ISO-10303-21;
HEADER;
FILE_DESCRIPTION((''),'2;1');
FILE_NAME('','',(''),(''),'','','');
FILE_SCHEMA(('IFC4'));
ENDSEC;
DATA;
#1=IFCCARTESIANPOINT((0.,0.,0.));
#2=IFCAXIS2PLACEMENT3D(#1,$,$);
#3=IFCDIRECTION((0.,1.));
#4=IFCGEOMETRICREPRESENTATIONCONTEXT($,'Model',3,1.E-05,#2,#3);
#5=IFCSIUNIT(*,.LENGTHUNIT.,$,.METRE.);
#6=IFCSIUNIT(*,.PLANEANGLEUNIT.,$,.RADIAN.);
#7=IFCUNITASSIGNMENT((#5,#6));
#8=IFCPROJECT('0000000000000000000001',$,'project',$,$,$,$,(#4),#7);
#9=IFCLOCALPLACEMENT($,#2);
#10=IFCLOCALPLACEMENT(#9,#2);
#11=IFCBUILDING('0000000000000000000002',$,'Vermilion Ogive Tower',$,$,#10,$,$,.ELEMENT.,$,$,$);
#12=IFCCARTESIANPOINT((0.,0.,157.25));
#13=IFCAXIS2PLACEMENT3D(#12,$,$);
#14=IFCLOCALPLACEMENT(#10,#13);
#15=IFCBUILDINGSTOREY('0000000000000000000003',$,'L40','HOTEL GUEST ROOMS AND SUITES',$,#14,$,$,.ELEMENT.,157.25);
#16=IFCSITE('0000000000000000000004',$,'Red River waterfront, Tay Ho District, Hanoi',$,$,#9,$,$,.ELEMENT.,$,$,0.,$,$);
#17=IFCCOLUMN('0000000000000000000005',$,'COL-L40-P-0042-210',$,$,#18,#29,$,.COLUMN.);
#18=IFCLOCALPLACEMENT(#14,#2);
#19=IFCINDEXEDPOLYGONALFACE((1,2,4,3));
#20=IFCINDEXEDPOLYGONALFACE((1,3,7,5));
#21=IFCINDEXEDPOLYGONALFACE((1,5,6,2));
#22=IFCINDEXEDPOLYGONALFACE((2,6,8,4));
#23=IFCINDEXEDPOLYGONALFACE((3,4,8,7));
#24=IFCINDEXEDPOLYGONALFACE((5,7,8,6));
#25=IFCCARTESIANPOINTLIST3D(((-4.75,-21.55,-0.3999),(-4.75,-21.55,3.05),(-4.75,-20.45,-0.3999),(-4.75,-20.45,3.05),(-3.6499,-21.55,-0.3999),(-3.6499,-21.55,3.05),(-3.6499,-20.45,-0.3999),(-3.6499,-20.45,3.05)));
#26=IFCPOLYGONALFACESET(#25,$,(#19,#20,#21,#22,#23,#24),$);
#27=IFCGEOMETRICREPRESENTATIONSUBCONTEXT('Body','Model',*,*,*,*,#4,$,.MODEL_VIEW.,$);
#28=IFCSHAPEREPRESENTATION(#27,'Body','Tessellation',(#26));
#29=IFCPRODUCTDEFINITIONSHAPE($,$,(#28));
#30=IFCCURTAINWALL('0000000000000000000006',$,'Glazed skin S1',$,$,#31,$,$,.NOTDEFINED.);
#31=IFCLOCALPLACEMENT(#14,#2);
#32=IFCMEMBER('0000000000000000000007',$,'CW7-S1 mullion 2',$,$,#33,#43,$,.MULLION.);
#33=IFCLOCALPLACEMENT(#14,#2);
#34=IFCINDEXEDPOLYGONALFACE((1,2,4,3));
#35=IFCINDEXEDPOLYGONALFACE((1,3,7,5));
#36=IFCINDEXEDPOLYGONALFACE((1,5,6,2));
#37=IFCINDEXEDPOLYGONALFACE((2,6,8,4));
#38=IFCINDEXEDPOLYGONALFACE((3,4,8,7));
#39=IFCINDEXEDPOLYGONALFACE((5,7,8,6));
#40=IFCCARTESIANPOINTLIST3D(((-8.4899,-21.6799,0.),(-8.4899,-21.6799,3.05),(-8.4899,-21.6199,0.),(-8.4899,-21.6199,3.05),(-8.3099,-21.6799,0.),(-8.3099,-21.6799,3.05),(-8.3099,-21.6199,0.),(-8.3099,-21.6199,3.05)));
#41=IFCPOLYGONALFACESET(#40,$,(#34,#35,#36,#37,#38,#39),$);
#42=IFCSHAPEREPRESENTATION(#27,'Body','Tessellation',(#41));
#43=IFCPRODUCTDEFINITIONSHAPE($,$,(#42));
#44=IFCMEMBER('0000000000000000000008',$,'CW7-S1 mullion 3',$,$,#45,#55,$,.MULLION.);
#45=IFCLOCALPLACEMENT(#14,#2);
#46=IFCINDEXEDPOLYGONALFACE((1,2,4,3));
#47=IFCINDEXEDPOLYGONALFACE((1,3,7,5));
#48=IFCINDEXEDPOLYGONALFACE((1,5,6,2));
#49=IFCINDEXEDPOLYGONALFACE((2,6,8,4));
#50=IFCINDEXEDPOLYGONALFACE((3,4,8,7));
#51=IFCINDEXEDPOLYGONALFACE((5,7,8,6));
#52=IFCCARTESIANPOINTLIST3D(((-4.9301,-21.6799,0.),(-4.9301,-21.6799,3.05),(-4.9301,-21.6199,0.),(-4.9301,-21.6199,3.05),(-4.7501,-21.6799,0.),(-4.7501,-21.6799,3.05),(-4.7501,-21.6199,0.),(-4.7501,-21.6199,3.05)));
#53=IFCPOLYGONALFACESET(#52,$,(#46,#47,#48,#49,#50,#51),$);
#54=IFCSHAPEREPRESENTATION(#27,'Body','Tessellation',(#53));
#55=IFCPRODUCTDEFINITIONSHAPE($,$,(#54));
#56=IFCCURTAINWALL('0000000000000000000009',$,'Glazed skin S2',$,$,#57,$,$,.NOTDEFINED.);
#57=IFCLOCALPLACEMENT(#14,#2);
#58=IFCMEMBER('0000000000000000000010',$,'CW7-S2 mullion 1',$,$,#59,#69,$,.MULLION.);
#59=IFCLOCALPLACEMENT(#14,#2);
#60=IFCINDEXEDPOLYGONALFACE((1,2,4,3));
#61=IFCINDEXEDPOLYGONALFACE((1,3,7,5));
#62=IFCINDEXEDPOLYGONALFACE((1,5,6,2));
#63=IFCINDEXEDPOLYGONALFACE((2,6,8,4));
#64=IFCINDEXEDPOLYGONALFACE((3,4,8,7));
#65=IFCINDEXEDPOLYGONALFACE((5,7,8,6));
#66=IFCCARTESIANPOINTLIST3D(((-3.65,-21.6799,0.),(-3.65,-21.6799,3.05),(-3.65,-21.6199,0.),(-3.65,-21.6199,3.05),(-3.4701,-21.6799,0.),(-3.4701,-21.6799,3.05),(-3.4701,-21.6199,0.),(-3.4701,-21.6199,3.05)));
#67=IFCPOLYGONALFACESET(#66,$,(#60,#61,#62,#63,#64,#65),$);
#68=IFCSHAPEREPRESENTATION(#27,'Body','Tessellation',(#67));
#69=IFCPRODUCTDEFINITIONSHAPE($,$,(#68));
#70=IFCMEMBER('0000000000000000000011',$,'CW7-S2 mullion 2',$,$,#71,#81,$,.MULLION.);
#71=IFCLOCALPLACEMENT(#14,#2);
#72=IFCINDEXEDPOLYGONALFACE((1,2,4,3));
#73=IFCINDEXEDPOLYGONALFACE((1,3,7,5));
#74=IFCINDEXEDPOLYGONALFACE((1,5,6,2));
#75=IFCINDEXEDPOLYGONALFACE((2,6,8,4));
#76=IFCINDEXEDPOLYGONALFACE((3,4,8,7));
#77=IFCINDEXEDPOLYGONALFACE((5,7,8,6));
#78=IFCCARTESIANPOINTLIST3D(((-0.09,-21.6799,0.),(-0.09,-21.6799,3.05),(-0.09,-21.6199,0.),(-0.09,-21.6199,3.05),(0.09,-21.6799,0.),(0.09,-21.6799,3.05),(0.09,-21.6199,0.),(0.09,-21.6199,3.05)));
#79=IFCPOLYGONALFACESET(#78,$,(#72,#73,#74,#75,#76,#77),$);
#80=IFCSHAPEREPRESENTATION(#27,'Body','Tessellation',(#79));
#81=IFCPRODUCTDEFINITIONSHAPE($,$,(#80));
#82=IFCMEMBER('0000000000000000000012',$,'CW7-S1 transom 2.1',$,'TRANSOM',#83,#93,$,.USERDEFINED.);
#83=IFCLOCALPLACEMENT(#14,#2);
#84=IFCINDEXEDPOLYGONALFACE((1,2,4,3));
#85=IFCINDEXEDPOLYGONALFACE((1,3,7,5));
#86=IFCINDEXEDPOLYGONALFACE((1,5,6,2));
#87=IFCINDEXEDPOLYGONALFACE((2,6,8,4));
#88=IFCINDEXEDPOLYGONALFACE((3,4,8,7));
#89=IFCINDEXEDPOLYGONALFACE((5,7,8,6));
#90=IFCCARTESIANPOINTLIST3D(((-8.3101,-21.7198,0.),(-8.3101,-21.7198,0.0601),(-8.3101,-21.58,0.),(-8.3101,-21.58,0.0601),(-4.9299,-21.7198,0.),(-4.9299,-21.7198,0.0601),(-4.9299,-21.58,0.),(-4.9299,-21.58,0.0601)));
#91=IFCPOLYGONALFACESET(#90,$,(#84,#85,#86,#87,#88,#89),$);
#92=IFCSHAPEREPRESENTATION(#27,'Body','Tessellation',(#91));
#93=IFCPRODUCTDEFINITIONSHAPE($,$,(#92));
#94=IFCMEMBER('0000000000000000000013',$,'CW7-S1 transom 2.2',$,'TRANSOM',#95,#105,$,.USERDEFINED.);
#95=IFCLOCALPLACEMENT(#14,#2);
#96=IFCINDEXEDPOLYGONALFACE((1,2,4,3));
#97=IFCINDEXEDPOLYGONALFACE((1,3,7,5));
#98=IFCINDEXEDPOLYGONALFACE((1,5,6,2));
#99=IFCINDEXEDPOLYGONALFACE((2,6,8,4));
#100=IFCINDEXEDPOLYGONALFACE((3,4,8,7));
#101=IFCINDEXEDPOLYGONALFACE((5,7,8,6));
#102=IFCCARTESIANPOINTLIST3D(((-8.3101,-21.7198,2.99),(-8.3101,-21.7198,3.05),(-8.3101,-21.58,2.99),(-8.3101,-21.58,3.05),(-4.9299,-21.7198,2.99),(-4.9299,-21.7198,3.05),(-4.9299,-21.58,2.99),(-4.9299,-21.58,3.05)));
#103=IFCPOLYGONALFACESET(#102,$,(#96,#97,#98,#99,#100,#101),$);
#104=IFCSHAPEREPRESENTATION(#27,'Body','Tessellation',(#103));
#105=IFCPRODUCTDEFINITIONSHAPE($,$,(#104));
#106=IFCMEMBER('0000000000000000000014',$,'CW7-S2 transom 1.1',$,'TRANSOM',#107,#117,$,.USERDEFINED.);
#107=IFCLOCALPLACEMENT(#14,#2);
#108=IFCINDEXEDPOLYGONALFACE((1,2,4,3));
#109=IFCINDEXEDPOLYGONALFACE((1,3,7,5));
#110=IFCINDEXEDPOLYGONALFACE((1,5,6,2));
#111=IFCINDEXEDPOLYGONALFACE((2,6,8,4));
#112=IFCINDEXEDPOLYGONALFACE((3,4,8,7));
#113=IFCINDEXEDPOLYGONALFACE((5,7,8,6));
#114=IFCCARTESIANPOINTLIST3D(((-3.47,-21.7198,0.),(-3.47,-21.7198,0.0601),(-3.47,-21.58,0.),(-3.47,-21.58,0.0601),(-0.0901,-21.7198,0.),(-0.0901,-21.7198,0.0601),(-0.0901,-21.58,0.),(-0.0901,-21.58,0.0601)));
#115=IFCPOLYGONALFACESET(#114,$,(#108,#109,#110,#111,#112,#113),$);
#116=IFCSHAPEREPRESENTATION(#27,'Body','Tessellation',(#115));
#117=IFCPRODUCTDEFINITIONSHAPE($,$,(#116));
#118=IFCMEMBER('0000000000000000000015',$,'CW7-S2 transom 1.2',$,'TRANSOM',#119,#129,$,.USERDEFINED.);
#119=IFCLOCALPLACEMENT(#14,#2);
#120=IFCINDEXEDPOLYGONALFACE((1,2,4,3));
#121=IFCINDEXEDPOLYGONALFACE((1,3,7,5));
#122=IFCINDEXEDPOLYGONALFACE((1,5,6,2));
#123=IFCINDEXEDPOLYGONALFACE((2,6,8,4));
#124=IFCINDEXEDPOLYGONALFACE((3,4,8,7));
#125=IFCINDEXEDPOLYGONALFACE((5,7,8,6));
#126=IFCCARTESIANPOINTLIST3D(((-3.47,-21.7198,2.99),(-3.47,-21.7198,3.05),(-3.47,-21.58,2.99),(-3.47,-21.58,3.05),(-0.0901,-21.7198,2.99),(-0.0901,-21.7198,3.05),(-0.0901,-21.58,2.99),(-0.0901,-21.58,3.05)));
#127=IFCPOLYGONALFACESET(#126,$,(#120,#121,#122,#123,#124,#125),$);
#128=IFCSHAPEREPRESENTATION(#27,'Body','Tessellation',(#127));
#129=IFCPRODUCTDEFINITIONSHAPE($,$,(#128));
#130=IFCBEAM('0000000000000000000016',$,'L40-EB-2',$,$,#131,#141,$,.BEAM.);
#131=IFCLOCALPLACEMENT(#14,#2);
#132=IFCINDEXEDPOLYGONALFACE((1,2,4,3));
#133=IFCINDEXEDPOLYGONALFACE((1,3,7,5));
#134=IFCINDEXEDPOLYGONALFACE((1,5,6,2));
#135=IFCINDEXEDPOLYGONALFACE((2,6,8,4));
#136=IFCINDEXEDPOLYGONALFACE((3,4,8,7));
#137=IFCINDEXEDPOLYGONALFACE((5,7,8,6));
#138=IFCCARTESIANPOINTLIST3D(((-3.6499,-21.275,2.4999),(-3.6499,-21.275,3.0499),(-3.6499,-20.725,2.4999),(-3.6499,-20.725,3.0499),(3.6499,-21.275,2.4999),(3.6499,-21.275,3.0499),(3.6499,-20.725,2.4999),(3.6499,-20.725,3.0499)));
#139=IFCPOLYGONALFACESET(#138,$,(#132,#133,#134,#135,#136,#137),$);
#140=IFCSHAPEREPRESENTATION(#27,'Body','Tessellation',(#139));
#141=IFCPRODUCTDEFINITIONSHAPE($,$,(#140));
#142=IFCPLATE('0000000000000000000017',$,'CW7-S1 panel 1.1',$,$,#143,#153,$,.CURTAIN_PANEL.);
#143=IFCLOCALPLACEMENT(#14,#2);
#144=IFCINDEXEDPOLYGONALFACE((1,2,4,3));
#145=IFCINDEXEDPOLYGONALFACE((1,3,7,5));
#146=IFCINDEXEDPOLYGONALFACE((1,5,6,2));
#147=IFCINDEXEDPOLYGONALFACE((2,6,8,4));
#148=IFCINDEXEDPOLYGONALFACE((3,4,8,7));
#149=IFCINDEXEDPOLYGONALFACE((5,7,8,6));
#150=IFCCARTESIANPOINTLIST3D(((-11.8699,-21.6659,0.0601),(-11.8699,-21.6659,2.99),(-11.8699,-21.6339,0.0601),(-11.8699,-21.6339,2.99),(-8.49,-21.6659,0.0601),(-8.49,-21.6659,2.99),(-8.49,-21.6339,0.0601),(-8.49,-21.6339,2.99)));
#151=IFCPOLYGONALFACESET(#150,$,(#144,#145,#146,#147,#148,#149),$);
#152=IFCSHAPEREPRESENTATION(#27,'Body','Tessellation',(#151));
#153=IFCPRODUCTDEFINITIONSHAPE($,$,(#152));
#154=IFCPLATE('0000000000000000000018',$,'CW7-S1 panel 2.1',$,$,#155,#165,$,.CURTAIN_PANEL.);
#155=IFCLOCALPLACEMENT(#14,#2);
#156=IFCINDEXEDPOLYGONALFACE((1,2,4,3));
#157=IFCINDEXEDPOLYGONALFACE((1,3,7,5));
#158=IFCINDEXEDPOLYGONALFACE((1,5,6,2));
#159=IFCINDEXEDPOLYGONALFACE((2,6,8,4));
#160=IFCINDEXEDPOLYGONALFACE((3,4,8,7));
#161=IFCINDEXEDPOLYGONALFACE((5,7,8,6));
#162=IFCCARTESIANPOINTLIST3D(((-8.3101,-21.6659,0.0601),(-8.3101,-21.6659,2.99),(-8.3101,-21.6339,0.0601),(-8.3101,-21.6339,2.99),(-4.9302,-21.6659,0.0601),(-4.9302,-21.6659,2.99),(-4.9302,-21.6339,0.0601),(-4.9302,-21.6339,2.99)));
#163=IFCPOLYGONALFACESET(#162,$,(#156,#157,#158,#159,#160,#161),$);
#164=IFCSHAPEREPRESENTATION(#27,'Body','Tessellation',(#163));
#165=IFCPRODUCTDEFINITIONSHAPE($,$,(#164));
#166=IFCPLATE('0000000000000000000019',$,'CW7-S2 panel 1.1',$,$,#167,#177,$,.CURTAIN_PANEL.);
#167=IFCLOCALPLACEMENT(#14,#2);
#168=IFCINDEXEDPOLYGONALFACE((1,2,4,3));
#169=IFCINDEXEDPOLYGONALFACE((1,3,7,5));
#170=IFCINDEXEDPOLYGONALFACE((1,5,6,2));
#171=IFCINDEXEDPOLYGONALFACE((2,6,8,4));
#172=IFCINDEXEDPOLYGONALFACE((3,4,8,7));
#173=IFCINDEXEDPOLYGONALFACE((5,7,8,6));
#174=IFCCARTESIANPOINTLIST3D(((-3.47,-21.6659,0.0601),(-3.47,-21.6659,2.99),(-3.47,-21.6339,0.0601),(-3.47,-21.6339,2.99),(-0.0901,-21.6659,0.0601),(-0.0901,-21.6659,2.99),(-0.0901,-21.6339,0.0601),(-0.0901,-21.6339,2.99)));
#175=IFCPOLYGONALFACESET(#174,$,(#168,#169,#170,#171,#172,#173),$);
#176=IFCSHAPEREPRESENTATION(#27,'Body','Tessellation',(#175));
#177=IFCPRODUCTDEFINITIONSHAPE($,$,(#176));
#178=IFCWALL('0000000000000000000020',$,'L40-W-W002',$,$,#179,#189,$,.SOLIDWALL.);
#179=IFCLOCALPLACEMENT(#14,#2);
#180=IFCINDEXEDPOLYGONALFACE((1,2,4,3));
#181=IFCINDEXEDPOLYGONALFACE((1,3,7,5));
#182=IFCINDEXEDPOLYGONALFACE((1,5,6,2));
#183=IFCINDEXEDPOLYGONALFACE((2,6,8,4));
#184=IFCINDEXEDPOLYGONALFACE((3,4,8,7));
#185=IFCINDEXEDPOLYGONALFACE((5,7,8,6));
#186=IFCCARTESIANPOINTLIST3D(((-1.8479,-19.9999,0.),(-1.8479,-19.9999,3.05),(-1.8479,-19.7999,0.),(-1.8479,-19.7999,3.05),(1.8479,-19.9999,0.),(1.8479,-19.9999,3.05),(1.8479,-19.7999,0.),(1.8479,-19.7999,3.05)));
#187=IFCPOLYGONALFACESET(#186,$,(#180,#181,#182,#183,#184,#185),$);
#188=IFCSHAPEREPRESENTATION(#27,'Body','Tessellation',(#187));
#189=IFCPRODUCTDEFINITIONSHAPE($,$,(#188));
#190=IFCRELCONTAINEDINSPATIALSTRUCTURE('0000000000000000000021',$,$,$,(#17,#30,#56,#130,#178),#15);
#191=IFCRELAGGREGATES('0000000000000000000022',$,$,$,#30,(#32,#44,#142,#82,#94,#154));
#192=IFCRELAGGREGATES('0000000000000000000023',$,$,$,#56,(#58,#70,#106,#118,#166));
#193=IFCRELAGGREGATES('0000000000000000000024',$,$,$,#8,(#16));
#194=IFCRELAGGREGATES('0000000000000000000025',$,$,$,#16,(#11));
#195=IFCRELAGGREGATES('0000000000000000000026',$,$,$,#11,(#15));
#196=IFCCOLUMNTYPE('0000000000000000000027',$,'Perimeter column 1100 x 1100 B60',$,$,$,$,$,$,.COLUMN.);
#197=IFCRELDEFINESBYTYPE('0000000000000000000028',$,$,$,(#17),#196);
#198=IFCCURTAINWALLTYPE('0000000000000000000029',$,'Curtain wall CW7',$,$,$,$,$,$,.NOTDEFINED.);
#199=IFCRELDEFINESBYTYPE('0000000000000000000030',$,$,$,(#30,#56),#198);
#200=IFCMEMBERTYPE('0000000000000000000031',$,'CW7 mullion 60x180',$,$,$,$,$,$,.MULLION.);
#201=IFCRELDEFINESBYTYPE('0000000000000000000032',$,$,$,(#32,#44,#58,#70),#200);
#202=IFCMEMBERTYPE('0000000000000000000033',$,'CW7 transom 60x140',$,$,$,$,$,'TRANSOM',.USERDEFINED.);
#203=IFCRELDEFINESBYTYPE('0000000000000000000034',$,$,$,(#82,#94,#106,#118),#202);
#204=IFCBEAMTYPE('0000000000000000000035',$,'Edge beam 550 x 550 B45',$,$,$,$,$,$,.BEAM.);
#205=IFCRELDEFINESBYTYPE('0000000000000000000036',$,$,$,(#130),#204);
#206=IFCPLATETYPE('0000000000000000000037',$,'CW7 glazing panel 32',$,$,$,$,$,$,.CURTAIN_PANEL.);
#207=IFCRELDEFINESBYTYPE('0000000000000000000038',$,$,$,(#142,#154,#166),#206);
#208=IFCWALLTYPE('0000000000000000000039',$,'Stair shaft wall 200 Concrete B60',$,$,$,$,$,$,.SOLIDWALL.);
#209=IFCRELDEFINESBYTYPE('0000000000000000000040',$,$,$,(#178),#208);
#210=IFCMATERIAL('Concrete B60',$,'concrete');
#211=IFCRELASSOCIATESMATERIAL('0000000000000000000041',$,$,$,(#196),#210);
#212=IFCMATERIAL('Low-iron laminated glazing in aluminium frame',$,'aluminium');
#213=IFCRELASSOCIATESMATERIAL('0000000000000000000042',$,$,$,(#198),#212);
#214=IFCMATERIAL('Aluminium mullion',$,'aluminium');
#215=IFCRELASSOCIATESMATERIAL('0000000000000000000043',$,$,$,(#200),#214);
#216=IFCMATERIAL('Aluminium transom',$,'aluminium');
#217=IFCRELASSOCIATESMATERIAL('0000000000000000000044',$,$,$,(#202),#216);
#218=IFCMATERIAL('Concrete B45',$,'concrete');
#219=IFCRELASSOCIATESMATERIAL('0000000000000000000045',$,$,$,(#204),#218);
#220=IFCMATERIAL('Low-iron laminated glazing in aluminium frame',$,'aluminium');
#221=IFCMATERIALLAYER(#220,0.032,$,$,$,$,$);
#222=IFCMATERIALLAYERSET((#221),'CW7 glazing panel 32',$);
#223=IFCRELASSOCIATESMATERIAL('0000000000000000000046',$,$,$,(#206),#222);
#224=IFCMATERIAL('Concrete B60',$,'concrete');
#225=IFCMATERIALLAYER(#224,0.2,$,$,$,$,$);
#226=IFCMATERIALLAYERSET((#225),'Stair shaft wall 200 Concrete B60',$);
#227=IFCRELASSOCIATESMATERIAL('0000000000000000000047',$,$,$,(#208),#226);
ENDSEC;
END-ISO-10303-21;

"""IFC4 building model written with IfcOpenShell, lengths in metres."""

from ifc_helpers import new_model, si_unit, direction, frame, frame_2d, origin, origin_2d, place, context, subcontext, project, spatial, rectangle, extrude, material, layer, layer_set, material_profile, profile_set, type_object, element, aggregate, save


model = new_model("IFC4")

# Units and contexts
model_context = context("Model", 3, precision=1e-05, world=origin(), true_north=direction((0.0, 1.0)))
body_context = subcontext(model_context, "Body", "Model", "MODEL_VIEW")
ifc_project = project(units=[si_unit("LENGTHUNIT", "METRE"), si_unit("PLANEANGLEUNIT", "RADIAN")], contexts=[model_context])

# Site, building, storey
site_placement = place(None, origin())
site = spatial("IfcSite", under=ifc_project, at=site_placement, Name="Red River waterfront, Tay Ho District, Hanoi", CompositionType="ELEMENT", RefElevation=0.0)
building_placement = place(site_placement, origin())
building = spatial("IfcBuilding", under=site, at=building_placement, Name="Vermilion Ogive Tower", CompositionType="ELEMENT")
storey_placement = place(building_placement, frame((0.0, 0.0, 157.25)))
storey = spatial("IfcBuildingStorey", under=building, at=storey_placement, Name="L40", Description="HOTEL GUEST ROOMS AND SUITES", CompositionType="ELEMENT", Elevation=157.25)

# Column
ifc_material_1 = material(Name="Concrete B60", Category="concrete")
ifc_material_profile_1 = material_profile(ifc_material_1, rectangle(XDim=1.1001, YDim=1.1001, at=origin_2d()), Name="1100 x 1100")
ifc_profile_set_1 = profile_set([ifc_material_profile_1], Name="Concrete B60")
column_type = type_object("IfcColumnType", Name="Perimeter column 1100 x 1100 B60", PredefinedType="COLUMN", material=ifc_profile_set_1)
column_placement = place(storey_placement, frame((-4.2, -21.0, -0.3999), z_axis=(0.0, 0.0, 1.0), x_axis=(1.0, 0.0, 0.0)))
element("IfcColumn", 1, at=column_placement, inside=storey, type_object=column_type, Name="COL-L40-P-0042-210", PredefinedType="COLUMN", context=body_context, shape_type="SweptSolid", body=[
    extrude(rectangle(XDim=1.1001, YDim=1.1001, at=origin_2d()), origin(), (0.0, 0.0, 1.0), 3.45),
])

# Curtain walls, members
ifc_material_2 = material(Name="Low-iron laminated glazing in aluminium frame", Category="aluminium")
curtain_wall_type = type_object("IfcCurtainWallType", Name="Curtain wall CW7", PredefinedType="NOTDEFINED", material=ifc_material_2)
curtain_wall_1_placement = place(storey_placement, origin())
curtain_wall_1 = element("IfcCurtainWall", 2, at=curtain_wall_1_placement, inside=storey, type_object=curtain_wall_type, Name="Glazed skin S1", PredefinedType="NOTDEFINED")
ifc_material_3 = material(Name="Aluminium mullion", Category="aluminium")
ifc_material_profile_2 = material_profile(ifc_material_3, rectangle(XDim=0.0601, YDim=0.1799, at=origin_2d()), Name="AL 60x180")
ifc_profile_set_2 = profile_set([ifc_material_profile_2], Name="Aluminium mullion")
member_type_1 = type_object("IfcMemberType", Name="CW7 mullion 60x180", PredefinedType="MULLION", material=ifc_profile_set_2)
member_1_placement = place(storey_placement, frame((-8.3999, -21.6499, 0.0), z_axis=(0.0, 0.0, 1.0), x_axis=(0.0, 1.0, 0.0)))
member_1 = element("IfcMember", 3, at=member_1_placement, type_object=member_type_1, Name="CW7-S1 mullion 2", PredefinedType="MULLION", context=body_context, shape_type="SweptSolid", body=[
    extrude(rectangle(XDim=0.0601, YDim=0.1799, at=origin_2d()), origin(), (0.0, 0.0, 1.0), 3.05),
])
member_2_placement = place(storey_placement, frame((-4.8401, -21.6499, 0.0), z_axis=(0.0, 0.0, 1.0), x_axis=(0.0, 1.0, 0.0)))
member_2 = element("IfcMember", 4, at=member_2_placement, type_object=member_type_1, Name="CW7-S1 mullion 3", PredefinedType="MULLION", context=body_context, shape_type="SweptSolid", body=[
    extrude(rectangle(XDim=0.0601, YDim=0.1799, at=origin_2d()), origin(), (0.0, 0.0, 1.0), 3.05),
])
curtain_wall_2_placement = place(storey_placement, origin())
curtain_wall_2 = element("IfcCurtainWall", 5, at=curtain_wall_2_placement, inside=storey, type_object=curtain_wall_type, Name="Glazed skin S2", PredefinedType="NOTDEFINED")
member_3_placement = place(storey_placement, frame((-3.5601, -21.6499, 0.0), z_axis=(0.0, 0.0, 1.0), x_axis=(0.0, 1.0, 0.0)))
member_3 = element("IfcMember", 6, at=member_3_placement, type_object=member_type_1, Name="CW7-S2 mullion 1", PredefinedType="MULLION", context=body_context, shape_type="SweptSolid", body=[
    extrude(rectangle(XDim=0.0601, YDim=0.1799, at=origin_2d()), origin(), (0.0, 0.0, 1.0), 3.05),
])
member_4_placement = place(storey_placement, frame((0.0, -21.6499, 0.0), z_axis=(0.0, 0.0, 1.0), x_axis=(0.0, 1.0, 0.0)))
member_4 = element("IfcMember", 7, at=member_4_placement, type_object=member_type_1, Name="CW7-S2 mullion 2", PredefinedType="MULLION", context=body_context, shape_type="SweptSolid", body=[
    extrude(rectangle(XDim=0.0601, YDim=0.1799, at=origin_2d()), origin(), (0.0, 0.0, 1.0), 3.05),
])

# Members
ifc_material_4 = material(Name="Aluminium transom", Category="aluminium")
ifc_material_profile_3 = material_profile(ifc_material_4, rectangle(XDim=0.1399, YDim=0.0601, at=origin_2d()), Name="AL 60x140")
ifc_profile_set_3 = profile_set([ifc_material_profile_3], Name="Aluminium transom")
member_type_2 = type_object("IfcMemberType", Name="CW7 transom 60x140", ElementType="TRANSOM", PredefinedType="USERDEFINED", material=ifc_profile_set_3)
member_5_placement = place(storey_placement, frame((-8.3101, -21.6499, 0.03), z_axis=(1.0, 0.0, 0.0), x_axis=(0.0, 1.0, 0.0)))
member_5 = element("IfcMember", 8, at=member_5_placement, type_object=member_type_2, Name="CW7-S1 transom 2.1", ObjectType="TRANSOM", PredefinedType="USERDEFINED", context=body_context, shape_type="SweptSolid", body=[
    extrude(rectangle(XDim=0.1399, YDim=0.0601, at=origin_2d()), origin(), (0.0, 0.0, 1.0), 3.3801),
])
member_6_placement = place(storey_placement, frame((-8.3101, -21.6499, 3.02), z_axis=(1.0, 0.0, 0.0), x_axis=(0.0, 1.0, 0.0)))
member_6 = element("IfcMember", 9, at=member_6_placement, type_object=member_type_2, Name="CW7-S1 transom 2.2", ObjectType="TRANSOM", PredefinedType="USERDEFINED", context=body_context, shape_type="SweptSolid", body=[
    extrude(rectangle(XDim=0.1399, YDim=0.0601, at=origin_2d()), origin(), (0.0, 0.0, 1.0), 3.3801),
])
member_7_placement = place(storey_placement, frame((-3.47, -21.6499, 0.03), z_axis=(1.0, 0.0, 0.0), x_axis=(0.0, 1.0, 0.0)))
member_7 = element("IfcMember", 10, at=member_7_placement, type_object=member_type_2, Name="CW7-S2 transom 1.1", ObjectType="TRANSOM", PredefinedType="USERDEFINED", context=body_context, shape_type="SweptSolid", body=[
    extrude(rectangle(XDim=0.1399, YDim=0.0601, at=origin_2d()), origin(), (0.0, 0.0, 1.0), 3.3799),
])
member_8_placement = place(storey_placement, frame((-3.47, -21.6499, 3.02), z_axis=(1.0, 0.0, 0.0), x_axis=(0.0, 1.0, 0.0)))
member_8 = element("IfcMember", 11, at=member_8_placement, type_object=member_type_2, Name="CW7-S2 transom 1.2", ObjectType="TRANSOM", PredefinedType="USERDEFINED", context=body_context, shape_type="SweptSolid", body=[
    extrude(rectangle(XDim=0.1399, YDim=0.0601, at=origin_2d()), origin(), (0.0, 0.0, 1.0), 3.3799),
])

# Beam
ifc_material_5 = material(Name="Concrete B45", Category="concrete")
ifc_material_profile_4 = material_profile(ifc_material_5, rectangle(XDim=0.55, YDim=0.55, at=origin_2d()), Name="550 x 550")
ifc_profile_set_4 = profile_set([ifc_material_profile_4], Name="Concrete B45")
beam_type = type_object("IfcBeamType", Name="Edge beam 550 x 550 B45", PredefinedType="BEAM", material=ifc_profile_set_4)
beam_placement = place(storey_placement, frame((-3.6499, -21.0, 2.7749), z_axis=(1.0, 0.0, 0.0), x_axis=(0.0, 1.0, 0.0)))
element("IfcBeam", 12, at=beam_placement, inside=storey, type_object=beam_type, Name="L40-EB-2", PredefinedType="BEAM", context=body_context, shape_type="SweptSolid", body=[
    extrude(rectangle(XDim=0.55, YDim=0.55, at=origin_2d()), origin(), (0.0, 0.0, 1.0), 7.2998),
])

# Plates
ifc_material_6 = material(Name="Low-iron laminated glazing in aluminium frame", Category="aluminium")
ifc_layer_1 = layer(ifc_material_6, 0.032)
ifc_layer_set_1 = layer_set([ifc_layer_1], Name="CW7 glazing panel 32")
plate_type = type_object("IfcPlateType", Name="CW7 glazing panel 32", PredefinedType="CURTAIN_PANEL", material=ifc_layer_set_1)
plate_1_placement = place(storey_placement, frame((-10.1799, -21.6499, 0.0601), z_axis=(0.0, 0.0, 1.0), x_axis=(1.0, 0.0, 0.0)))
plate_1 = element("IfcPlate", 13, at=plate_1_placement, type_object=plate_type, Name="CW7-S1 panel 1.1", PredefinedType="CURTAIN_PANEL", context=body_context, shape_type="SweptSolid", body=[
    extrude(rectangle(XDim=3.3799, YDim=0.032, at=origin_2d()), origin(), (0.0, 0.0, 1.0), 2.9299),
])
plate_2_placement = place(storey_placement, frame((-6.6201, -21.6499, 0.0601), z_axis=(0.0, 0.0, 1.0), x_axis=(1.0, 0.0, 0.0)))
plate_2 = element("IfcPlate", 14, at=plate_2_placement, type_object=plate_type, Name="CW7-S1 panel 2.1", PredefinedType="CURTAIN_PANEL", context=body_context, shape_type="SweptSolid", body=[
    extrude(rectangle(XDim=3.3799, YDim=0.032, at=origin_2d()), origin(), (0.0, 0.0, 1.0), 2.9299),
])
aggregate(curtain_wall_1, [member_1, member_2, plate_1, member_5, member_6, plate_2])
plate_3_placement = place(storey_placement, frame((-1.78, -21.6499, 0.0601), z_axis=(0.0, 0.0, 1.0), x_axis=(1.0, 0.0, 0.0)))
plate_3 = element("IfcPlate", 15, at=plate_3_placement, type_object=plate_type, Name="CW7-S2 panel 1.1", PredefinedType="CURTAIN_PANEL", context=body_context, shape_type="SweptSolid", body=[
    extrude(rectangle(XDim=3.3799, YDim=0.032, at=origin_2d()), origin(), (0.0, 0.0, 1.0), 2.9299),
])
aggregate(curtain_wall_2, [member_3, member_4, member_7, member_8, plate_3])

# Wall
ifc_material_7 = material(Name="Concrete B60", Category="concrete")
ifc_layer_2 = layer(ifc_material_7, 0.2)
ifc_layer_set_2 = layer_set([ifc_layer_2], Name="Stair shaft wall 200 Concrete B60")
wall_type = type_object("IfcWallType", Name="Stair shaft wall 200 Concrete B60", PredefinedType="SOLIDWALL", material=ifc_layer_set_2)
wall_1_placement = place(storey_placement, frame((-1.8479, -19.8999, 0.0), z_axis=(0.0, 0.0, 1.0), x_axis=(1.0, 0.0, 0.0)))
element("IfcWall", 16, at=wall_1_placement, inside=storey, type_object=wall_type, Name="L40-W-W002", PredefinedType="SOLIDWALL", context=body_context, shape_type="SweptSolid", body=[
    extrude(rectangle(XDim=3.6958, YDim=0.2, at=frame_2d((1.8479, 0.0))), origin(), (0.0, 0.0, 1.0), 3.05),
])

save(model, "model.ifc")
